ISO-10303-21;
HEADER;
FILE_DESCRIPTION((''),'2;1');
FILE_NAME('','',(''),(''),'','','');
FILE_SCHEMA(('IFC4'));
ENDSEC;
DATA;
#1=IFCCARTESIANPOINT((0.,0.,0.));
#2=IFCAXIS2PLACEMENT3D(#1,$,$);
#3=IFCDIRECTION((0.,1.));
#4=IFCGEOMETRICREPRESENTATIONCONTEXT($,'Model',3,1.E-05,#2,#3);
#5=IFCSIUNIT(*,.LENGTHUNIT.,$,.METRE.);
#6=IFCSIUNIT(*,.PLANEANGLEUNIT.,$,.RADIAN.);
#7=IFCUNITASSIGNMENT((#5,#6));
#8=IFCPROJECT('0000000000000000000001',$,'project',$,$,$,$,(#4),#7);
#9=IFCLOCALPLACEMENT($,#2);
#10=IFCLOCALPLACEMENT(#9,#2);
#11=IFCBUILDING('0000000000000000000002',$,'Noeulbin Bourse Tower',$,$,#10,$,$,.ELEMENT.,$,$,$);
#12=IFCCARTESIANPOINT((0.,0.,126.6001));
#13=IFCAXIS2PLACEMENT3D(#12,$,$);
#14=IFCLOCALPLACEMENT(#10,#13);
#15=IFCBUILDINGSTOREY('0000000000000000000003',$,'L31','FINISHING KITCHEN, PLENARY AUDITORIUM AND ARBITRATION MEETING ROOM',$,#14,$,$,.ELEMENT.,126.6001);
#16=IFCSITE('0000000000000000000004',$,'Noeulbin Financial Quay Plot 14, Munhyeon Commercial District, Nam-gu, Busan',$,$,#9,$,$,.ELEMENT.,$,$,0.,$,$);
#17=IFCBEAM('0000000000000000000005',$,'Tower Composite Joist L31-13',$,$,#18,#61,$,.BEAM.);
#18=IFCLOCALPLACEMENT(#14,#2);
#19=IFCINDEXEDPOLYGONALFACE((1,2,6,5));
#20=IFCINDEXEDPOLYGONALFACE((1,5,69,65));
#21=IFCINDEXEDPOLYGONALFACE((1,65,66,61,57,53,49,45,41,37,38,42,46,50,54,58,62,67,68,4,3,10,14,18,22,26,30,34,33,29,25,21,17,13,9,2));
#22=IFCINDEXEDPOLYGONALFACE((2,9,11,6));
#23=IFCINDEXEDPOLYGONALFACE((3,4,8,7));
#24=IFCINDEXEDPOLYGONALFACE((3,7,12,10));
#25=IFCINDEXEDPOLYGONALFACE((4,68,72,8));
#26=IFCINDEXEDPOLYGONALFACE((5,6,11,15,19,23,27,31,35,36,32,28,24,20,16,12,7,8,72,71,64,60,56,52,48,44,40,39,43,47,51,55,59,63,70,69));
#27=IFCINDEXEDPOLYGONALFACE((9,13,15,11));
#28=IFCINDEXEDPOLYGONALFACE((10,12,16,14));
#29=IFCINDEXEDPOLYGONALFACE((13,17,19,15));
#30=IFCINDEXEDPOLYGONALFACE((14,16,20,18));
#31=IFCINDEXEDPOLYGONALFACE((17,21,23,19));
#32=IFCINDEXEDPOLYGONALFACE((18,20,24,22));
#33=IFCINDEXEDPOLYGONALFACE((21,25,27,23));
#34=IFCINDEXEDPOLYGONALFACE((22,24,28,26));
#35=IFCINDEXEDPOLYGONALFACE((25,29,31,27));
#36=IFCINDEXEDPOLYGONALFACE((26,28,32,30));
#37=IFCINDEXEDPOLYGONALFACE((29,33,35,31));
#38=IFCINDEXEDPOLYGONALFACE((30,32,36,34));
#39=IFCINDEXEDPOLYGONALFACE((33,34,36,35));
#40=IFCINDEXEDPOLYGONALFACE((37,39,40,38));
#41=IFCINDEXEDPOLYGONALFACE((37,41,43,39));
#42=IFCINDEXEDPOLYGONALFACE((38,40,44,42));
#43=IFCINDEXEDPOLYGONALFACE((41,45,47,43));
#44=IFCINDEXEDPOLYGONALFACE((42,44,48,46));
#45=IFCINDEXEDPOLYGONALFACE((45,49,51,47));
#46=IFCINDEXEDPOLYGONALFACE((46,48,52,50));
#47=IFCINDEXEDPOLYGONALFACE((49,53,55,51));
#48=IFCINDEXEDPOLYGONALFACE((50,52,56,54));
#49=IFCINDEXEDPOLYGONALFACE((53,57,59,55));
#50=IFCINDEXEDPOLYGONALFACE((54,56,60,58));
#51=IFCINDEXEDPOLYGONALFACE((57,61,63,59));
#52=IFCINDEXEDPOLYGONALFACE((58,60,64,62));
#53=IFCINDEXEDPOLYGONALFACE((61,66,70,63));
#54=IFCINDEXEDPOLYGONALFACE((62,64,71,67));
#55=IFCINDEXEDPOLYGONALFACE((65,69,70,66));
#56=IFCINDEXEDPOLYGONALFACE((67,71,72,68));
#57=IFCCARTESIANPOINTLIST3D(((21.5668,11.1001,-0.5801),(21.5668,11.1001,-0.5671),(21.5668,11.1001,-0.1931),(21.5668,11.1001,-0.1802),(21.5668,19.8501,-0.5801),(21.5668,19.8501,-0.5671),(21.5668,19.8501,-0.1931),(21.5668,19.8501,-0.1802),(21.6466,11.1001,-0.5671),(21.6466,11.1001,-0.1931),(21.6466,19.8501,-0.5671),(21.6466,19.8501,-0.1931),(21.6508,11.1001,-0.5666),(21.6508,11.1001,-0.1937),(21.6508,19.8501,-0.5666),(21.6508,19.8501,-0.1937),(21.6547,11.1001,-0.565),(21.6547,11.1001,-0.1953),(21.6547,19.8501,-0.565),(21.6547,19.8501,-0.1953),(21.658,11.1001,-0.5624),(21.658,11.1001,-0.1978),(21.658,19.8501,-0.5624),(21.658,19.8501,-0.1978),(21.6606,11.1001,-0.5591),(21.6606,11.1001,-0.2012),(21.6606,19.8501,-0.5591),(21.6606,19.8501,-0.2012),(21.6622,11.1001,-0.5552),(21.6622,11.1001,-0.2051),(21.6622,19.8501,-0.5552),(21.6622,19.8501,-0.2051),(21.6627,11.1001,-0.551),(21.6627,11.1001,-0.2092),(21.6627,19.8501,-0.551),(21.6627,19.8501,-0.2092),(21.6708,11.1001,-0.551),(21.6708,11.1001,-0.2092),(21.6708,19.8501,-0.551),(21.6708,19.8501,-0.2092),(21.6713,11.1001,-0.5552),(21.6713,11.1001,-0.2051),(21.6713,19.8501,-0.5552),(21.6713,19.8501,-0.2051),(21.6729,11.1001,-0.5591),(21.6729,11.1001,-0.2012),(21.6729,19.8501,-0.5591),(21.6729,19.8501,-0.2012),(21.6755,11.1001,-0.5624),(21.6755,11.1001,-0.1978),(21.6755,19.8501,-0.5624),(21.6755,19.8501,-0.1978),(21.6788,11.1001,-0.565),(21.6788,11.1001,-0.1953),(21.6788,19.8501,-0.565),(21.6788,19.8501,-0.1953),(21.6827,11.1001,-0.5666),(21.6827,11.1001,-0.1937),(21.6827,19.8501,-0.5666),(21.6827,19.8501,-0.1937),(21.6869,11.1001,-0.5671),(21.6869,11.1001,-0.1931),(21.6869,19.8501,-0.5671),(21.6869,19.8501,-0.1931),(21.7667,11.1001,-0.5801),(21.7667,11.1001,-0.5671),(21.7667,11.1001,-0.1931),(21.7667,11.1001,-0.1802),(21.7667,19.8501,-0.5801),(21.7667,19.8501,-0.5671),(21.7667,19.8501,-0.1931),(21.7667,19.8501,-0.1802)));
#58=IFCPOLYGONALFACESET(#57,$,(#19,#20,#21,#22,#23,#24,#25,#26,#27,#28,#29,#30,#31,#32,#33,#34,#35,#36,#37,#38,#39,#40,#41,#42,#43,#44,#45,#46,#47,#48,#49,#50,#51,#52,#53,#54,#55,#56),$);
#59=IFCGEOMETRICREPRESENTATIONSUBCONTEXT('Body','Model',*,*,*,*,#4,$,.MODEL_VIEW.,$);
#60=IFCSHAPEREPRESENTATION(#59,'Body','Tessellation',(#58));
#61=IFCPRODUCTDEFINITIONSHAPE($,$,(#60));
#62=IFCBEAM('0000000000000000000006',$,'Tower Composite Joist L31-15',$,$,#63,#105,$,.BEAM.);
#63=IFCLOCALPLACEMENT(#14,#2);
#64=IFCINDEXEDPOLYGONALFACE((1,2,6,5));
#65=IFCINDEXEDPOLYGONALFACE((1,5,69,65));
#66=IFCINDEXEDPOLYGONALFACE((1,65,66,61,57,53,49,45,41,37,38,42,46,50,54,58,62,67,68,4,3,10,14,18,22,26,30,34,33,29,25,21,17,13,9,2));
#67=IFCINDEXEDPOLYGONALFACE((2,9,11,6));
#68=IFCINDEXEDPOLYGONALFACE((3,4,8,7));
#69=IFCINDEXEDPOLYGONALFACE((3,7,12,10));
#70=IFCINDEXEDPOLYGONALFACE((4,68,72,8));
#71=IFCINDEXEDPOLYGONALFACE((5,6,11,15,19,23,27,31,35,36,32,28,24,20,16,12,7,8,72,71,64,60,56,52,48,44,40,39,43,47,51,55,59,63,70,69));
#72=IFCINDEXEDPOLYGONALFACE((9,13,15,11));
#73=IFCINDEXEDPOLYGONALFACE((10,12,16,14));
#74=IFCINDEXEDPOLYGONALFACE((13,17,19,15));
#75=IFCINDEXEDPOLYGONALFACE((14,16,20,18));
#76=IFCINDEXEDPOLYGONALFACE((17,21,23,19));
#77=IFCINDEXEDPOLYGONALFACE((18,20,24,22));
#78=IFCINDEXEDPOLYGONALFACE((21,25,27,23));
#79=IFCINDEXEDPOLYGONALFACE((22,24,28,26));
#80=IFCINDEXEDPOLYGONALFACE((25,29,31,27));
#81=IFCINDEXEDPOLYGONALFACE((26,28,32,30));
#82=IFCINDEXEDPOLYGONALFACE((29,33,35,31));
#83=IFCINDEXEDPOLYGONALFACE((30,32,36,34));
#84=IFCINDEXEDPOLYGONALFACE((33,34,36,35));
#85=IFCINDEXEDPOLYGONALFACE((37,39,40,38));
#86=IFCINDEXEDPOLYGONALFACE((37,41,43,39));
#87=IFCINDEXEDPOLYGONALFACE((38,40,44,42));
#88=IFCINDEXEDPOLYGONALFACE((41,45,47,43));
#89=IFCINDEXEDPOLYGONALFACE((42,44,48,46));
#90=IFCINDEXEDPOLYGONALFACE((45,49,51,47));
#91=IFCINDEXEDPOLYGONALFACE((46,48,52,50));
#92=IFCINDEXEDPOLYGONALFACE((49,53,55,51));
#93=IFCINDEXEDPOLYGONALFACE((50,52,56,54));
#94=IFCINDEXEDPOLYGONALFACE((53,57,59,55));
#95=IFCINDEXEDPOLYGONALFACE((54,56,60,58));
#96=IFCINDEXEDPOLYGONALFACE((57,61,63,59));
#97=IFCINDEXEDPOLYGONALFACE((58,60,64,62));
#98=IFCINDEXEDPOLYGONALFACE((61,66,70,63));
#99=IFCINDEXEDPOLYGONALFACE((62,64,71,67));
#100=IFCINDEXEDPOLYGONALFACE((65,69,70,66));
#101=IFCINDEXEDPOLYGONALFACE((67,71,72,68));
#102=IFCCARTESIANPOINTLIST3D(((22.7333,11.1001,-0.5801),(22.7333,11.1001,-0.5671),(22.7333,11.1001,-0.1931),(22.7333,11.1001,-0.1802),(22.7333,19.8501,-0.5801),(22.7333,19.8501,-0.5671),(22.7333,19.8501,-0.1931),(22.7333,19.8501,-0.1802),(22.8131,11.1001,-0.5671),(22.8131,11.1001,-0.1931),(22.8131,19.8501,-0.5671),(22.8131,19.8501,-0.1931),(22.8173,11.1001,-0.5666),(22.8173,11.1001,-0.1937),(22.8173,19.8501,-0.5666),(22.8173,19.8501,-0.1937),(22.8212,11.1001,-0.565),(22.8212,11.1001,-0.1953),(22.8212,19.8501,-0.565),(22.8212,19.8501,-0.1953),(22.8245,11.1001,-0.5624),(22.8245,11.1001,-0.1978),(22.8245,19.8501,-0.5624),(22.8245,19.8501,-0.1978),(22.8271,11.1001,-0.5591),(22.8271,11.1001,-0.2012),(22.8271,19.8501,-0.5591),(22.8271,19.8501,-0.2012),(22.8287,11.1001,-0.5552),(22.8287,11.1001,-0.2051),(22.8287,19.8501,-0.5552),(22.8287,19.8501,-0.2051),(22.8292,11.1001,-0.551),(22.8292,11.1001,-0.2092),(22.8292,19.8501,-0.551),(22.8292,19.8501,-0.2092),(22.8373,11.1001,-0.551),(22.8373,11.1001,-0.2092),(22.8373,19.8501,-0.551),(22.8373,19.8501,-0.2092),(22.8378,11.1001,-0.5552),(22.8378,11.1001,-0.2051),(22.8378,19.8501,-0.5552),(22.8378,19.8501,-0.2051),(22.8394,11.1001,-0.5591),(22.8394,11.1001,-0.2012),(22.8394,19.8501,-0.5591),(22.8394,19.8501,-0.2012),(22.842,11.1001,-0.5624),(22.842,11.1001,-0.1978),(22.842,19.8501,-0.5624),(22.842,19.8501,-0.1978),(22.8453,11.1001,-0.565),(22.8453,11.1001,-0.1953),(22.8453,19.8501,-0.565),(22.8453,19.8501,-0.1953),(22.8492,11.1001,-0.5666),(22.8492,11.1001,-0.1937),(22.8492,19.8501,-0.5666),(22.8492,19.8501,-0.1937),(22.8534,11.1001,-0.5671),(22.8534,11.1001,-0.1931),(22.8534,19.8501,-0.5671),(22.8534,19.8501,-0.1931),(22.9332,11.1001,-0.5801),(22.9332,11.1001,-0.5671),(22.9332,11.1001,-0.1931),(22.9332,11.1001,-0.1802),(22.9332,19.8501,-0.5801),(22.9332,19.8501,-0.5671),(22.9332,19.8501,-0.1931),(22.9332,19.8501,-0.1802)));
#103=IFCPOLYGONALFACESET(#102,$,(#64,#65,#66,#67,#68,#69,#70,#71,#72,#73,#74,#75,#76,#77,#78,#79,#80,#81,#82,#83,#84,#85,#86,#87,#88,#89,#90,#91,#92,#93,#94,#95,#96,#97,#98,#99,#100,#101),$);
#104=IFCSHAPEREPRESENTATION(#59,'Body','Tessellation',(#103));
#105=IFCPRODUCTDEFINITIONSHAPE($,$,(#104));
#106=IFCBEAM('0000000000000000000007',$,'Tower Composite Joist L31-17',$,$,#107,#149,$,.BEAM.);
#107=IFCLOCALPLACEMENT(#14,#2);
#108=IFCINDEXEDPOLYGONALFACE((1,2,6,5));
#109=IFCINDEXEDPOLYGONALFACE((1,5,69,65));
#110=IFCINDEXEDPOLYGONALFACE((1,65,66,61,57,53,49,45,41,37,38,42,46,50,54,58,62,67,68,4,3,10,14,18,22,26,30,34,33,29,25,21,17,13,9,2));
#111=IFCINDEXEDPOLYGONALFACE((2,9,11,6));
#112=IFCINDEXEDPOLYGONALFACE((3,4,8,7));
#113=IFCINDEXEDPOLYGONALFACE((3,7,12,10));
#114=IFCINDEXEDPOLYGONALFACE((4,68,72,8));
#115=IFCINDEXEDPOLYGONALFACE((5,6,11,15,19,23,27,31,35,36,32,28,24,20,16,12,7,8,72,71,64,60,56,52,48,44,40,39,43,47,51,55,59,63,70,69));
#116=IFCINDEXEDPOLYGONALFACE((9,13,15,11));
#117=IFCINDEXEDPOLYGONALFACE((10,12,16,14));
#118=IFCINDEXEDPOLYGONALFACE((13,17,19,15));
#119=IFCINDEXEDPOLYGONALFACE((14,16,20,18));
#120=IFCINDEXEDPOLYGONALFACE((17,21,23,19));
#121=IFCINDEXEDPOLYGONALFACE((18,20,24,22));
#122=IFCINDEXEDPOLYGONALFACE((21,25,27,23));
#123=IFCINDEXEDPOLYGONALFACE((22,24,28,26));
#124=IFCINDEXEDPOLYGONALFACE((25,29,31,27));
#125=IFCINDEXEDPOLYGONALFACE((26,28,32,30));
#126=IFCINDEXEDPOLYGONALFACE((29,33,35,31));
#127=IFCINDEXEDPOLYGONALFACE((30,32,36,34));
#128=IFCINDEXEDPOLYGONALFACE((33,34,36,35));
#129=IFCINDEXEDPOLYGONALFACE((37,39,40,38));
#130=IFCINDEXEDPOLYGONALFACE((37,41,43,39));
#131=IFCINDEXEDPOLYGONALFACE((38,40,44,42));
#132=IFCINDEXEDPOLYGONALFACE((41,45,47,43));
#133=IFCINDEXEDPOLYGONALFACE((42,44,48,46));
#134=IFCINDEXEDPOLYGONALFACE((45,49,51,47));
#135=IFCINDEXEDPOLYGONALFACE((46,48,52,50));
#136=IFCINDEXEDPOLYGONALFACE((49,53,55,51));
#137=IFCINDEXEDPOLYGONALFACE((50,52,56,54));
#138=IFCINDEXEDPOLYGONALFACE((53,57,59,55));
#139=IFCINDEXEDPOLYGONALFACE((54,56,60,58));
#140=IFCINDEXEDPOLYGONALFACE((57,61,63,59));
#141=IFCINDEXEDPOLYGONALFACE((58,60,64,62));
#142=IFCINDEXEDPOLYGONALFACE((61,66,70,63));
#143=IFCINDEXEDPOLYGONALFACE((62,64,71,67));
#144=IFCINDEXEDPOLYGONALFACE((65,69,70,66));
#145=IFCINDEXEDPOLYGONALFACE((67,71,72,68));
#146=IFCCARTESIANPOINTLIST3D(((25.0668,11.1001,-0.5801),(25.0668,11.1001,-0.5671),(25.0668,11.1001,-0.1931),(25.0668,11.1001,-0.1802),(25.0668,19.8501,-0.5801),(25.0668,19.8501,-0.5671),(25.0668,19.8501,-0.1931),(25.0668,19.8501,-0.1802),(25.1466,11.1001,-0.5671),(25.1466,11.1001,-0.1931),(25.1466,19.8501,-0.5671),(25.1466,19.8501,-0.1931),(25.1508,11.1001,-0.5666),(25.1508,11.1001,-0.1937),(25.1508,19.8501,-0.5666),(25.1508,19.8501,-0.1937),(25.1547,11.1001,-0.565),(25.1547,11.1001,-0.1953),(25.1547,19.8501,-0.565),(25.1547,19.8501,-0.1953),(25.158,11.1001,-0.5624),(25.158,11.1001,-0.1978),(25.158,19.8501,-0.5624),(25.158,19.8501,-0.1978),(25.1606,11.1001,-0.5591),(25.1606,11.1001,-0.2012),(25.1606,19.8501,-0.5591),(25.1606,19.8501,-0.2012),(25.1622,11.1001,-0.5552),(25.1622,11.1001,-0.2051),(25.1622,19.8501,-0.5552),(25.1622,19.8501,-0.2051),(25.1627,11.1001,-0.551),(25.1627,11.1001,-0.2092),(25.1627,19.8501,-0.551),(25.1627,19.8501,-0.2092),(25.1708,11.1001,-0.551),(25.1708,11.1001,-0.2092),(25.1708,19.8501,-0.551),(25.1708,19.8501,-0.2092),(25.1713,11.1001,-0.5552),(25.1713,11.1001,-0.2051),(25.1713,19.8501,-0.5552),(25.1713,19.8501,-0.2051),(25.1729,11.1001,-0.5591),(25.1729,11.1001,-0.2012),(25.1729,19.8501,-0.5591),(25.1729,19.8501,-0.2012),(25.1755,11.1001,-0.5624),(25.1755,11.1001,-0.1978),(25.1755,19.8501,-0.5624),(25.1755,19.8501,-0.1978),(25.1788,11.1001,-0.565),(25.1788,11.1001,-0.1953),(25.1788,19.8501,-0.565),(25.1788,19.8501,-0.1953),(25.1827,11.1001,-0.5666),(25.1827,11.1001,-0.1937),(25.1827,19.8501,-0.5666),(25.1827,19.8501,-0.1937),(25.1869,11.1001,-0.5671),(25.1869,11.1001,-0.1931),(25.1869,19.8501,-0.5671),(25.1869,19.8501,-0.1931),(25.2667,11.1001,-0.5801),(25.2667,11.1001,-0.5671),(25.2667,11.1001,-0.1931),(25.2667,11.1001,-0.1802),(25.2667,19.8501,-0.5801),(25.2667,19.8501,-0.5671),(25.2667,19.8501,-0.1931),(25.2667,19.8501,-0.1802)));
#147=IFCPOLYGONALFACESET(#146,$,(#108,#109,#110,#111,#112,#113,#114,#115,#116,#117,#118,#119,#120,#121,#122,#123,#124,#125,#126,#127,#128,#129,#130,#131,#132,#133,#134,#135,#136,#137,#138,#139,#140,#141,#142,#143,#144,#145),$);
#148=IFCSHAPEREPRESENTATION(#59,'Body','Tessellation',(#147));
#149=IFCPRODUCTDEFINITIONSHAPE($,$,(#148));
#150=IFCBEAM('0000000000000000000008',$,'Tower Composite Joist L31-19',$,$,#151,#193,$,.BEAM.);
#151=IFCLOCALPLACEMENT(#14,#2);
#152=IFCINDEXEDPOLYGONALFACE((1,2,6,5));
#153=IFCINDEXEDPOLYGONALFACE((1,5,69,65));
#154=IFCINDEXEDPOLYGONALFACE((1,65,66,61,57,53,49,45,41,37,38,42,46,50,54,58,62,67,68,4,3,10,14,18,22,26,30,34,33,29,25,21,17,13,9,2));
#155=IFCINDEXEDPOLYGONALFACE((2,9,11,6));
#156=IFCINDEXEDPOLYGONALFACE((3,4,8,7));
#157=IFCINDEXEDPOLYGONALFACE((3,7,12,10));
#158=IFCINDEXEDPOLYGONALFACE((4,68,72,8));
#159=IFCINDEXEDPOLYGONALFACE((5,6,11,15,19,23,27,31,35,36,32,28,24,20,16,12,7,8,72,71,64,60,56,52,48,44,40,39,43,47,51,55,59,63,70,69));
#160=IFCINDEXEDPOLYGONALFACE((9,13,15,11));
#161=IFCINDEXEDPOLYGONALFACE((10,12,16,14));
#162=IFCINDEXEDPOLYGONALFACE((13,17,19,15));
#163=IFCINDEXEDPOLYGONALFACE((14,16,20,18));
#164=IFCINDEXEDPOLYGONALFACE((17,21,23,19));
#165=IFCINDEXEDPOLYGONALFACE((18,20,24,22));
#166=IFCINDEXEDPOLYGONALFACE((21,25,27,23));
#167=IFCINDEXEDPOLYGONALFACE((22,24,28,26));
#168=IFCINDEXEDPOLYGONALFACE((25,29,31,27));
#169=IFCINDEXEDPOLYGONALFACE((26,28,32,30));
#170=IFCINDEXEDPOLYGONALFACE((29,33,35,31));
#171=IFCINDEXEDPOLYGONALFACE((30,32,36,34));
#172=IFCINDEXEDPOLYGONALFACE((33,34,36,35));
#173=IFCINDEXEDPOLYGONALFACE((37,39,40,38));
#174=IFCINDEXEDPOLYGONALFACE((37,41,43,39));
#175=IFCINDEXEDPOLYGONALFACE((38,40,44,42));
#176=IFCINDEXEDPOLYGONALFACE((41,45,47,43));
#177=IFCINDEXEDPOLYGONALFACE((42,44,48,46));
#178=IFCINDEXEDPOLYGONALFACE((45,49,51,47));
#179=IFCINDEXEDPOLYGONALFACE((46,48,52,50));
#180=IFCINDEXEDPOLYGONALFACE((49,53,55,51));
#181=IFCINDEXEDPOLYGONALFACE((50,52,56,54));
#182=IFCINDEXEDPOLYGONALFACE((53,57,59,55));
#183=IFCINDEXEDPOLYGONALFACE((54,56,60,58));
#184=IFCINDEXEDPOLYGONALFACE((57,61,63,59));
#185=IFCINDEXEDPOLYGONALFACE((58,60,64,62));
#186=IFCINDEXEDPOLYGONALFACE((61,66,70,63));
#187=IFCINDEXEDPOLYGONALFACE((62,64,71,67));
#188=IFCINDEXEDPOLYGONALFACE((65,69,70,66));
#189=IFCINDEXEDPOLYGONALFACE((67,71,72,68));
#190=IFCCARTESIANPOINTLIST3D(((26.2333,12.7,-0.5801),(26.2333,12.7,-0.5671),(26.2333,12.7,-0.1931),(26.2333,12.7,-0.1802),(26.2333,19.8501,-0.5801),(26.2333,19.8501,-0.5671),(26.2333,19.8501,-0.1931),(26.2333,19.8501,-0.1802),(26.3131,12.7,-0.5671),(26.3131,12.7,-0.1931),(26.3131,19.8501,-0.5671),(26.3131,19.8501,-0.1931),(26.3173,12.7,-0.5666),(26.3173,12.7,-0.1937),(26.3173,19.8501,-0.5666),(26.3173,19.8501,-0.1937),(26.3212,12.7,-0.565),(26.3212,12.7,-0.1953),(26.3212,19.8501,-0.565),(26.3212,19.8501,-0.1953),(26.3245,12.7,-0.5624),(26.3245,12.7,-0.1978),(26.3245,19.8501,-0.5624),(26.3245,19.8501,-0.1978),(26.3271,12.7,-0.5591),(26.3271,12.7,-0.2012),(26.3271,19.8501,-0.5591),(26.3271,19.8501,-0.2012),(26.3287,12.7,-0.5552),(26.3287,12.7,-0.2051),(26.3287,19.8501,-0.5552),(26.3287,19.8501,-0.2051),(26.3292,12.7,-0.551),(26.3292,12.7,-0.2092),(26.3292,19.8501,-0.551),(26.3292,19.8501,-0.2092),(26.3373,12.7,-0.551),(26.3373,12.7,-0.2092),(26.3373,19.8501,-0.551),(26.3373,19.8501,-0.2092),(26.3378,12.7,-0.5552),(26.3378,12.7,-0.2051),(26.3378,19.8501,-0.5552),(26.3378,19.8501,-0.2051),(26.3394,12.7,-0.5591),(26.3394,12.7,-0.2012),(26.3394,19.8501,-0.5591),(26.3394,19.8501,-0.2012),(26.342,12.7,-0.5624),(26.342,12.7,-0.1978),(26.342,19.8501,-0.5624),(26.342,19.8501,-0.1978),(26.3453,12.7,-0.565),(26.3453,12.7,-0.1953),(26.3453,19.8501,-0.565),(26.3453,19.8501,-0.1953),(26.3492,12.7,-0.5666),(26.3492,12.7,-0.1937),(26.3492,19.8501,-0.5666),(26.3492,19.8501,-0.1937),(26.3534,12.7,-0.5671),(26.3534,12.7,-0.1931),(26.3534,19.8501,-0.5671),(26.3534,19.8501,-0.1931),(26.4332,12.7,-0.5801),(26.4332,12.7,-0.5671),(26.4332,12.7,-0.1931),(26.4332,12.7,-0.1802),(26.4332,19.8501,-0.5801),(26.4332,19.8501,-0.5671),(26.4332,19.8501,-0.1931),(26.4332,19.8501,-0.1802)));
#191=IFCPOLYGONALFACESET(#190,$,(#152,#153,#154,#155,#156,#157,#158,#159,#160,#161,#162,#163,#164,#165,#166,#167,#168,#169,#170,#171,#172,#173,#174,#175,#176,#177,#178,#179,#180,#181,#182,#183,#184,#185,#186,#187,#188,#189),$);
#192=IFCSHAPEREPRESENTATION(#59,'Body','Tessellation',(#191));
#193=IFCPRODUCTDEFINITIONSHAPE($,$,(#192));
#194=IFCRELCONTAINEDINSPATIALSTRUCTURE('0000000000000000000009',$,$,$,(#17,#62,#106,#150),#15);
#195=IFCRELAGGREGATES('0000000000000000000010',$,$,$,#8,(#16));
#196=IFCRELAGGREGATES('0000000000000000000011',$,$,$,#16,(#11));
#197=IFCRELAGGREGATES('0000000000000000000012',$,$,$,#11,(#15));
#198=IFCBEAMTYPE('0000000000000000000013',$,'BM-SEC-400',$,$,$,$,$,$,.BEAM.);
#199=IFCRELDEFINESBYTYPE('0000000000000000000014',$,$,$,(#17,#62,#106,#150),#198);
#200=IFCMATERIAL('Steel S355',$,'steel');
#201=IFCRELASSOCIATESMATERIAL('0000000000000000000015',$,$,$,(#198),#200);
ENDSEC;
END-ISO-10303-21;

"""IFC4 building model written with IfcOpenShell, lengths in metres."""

from ifc_helpers import new_model, si_unit, direction, frame, origin, origin_2d, place, context, subcontext, project, spatial, i_section, extrude, material, material_profile, profile_set, type_object, element, save


model = new_model("IFC4")

# Units and contexts
model_context = context("Model", 3, precision=1e-05, world=origin(), true_north=direction((0.0, 1.0)))
body_context = subcontext(model_context, "Body", "Model", "MODEL_VIEW")
ifc_project = project(units=[si_unit("LENGTHUNIT", "METRE"), si_unit("PLANEANGLEUNIT", "RADIAN")], contexts=[model_context])

# Site, building, storey
site_placement = place(None, origin())
site = spatial("IfcSite", under=ifc_project, at=site_placement, Name="Noeulbin Financial Quay Plot 14, Munhyeon Commercial District, Nam-gu, Busan", CompositionType="ELEMENT", RefElevation=0.0)
building_placement = place(site_placement, origin())
building = spatial("IfcBuilding", under=site, at=building_placement, Name="Noeulbin Bourse Tower", CompositionType="ELEMENT")
storey_placement = place(building_placement, frame((0.0, 0.0, 126.6001)))
storey = spatial("IfcBuildingStorey", under=building, at=storey_placement, Name="L31", Description="FINISHING KITCHEN, PLENARY AUDITORIUM AND ARBITRATION MEETING ROOM", CompositionType="ELEMENT", Elevation=126.6001)

# Beams
ifc_material_1 = material(Name="Steel S355", Category="steel")
ifc_material_profile_1 = material_profile(ifc_material_1, i_section(OverallWidth=0.2, OverallDepth=0.3999, WebThickness=0.0081, FlangeThickness=0.0129, FilletRadius=0.0161, at=origin_2d()), Name="H-400x200x8x13", Category="LoadBearing")
ifc_profile_set_1 = profile_set([ifc_material_profile_1], Name="Steel S355")
beam_type_1 = type_object("IfcBeamType", Name="BM-SEC-400", PredefinedType="BEAM", material=ifc_profile_set_1)
for number, where, z_axis, x_axis, name in (
    (1, (21.6667, 11.1001, -0.3801), (0.0, 1.0, 0.0), (-1.0, 0.0, 0.0), "Tower Composite Joist L31-13"),
    (2, (22.8333, 11.1001, -0.3801), (0.0, 1.0, 0.0), (-1.0, 0.0, 0.0), "Tower Composite Joist L31-15"),
    (3, (25.1667, 11.1001, -0.3801), (0.0, 1.0, 0.0), (-1.0, 0.0, 0.0), "Tower Composite Joist L31-17"),
):
    element("IfcBeam", number, at=place(storey_placement, frame(where, z_axis=z_axis, x_axis=x_axis)), inside=storey, type_object=beam_type_1, Name=name, PredefinedType="BEAM", context=body_context, shape_type="SweptSolid", body=[
        extrude(i_section(OverallWidth=0.2, OverallDepth=0.3999, WebThickness=0.0081, FlangeThickness=0.0129, FilletRadius=0.0161, at=origin_2d()), origin(), (0.0, 0.0, 1.0), 8.75),
    ])
beam_1_placement = place(storey_placement, frame((26.3333, 12.7, -0.3801), z_axis=(0.0, 1.0, 0.0), x_axis=(-1.0, 0.0, 0.0)))
element("IfcBeam", 4, at=beam_1_placement, inside=storey, type_object=beam_type_1, Name="Tower Composite Joist L31-19", PredefinedType="BEAM", context=body_context, shape_type="SweptSolid", body=[
    extrude(i_section(OverallWidth=0.2, OverallDepth=0.3999, WebThickness=0.0081, FlangeThickness=0.0129, FilletRadius=0.0161, at=origin_2d()), origin(), (0.0, 0.0, 1.0), 7.1501),
])

save(model, "model.ifc")
